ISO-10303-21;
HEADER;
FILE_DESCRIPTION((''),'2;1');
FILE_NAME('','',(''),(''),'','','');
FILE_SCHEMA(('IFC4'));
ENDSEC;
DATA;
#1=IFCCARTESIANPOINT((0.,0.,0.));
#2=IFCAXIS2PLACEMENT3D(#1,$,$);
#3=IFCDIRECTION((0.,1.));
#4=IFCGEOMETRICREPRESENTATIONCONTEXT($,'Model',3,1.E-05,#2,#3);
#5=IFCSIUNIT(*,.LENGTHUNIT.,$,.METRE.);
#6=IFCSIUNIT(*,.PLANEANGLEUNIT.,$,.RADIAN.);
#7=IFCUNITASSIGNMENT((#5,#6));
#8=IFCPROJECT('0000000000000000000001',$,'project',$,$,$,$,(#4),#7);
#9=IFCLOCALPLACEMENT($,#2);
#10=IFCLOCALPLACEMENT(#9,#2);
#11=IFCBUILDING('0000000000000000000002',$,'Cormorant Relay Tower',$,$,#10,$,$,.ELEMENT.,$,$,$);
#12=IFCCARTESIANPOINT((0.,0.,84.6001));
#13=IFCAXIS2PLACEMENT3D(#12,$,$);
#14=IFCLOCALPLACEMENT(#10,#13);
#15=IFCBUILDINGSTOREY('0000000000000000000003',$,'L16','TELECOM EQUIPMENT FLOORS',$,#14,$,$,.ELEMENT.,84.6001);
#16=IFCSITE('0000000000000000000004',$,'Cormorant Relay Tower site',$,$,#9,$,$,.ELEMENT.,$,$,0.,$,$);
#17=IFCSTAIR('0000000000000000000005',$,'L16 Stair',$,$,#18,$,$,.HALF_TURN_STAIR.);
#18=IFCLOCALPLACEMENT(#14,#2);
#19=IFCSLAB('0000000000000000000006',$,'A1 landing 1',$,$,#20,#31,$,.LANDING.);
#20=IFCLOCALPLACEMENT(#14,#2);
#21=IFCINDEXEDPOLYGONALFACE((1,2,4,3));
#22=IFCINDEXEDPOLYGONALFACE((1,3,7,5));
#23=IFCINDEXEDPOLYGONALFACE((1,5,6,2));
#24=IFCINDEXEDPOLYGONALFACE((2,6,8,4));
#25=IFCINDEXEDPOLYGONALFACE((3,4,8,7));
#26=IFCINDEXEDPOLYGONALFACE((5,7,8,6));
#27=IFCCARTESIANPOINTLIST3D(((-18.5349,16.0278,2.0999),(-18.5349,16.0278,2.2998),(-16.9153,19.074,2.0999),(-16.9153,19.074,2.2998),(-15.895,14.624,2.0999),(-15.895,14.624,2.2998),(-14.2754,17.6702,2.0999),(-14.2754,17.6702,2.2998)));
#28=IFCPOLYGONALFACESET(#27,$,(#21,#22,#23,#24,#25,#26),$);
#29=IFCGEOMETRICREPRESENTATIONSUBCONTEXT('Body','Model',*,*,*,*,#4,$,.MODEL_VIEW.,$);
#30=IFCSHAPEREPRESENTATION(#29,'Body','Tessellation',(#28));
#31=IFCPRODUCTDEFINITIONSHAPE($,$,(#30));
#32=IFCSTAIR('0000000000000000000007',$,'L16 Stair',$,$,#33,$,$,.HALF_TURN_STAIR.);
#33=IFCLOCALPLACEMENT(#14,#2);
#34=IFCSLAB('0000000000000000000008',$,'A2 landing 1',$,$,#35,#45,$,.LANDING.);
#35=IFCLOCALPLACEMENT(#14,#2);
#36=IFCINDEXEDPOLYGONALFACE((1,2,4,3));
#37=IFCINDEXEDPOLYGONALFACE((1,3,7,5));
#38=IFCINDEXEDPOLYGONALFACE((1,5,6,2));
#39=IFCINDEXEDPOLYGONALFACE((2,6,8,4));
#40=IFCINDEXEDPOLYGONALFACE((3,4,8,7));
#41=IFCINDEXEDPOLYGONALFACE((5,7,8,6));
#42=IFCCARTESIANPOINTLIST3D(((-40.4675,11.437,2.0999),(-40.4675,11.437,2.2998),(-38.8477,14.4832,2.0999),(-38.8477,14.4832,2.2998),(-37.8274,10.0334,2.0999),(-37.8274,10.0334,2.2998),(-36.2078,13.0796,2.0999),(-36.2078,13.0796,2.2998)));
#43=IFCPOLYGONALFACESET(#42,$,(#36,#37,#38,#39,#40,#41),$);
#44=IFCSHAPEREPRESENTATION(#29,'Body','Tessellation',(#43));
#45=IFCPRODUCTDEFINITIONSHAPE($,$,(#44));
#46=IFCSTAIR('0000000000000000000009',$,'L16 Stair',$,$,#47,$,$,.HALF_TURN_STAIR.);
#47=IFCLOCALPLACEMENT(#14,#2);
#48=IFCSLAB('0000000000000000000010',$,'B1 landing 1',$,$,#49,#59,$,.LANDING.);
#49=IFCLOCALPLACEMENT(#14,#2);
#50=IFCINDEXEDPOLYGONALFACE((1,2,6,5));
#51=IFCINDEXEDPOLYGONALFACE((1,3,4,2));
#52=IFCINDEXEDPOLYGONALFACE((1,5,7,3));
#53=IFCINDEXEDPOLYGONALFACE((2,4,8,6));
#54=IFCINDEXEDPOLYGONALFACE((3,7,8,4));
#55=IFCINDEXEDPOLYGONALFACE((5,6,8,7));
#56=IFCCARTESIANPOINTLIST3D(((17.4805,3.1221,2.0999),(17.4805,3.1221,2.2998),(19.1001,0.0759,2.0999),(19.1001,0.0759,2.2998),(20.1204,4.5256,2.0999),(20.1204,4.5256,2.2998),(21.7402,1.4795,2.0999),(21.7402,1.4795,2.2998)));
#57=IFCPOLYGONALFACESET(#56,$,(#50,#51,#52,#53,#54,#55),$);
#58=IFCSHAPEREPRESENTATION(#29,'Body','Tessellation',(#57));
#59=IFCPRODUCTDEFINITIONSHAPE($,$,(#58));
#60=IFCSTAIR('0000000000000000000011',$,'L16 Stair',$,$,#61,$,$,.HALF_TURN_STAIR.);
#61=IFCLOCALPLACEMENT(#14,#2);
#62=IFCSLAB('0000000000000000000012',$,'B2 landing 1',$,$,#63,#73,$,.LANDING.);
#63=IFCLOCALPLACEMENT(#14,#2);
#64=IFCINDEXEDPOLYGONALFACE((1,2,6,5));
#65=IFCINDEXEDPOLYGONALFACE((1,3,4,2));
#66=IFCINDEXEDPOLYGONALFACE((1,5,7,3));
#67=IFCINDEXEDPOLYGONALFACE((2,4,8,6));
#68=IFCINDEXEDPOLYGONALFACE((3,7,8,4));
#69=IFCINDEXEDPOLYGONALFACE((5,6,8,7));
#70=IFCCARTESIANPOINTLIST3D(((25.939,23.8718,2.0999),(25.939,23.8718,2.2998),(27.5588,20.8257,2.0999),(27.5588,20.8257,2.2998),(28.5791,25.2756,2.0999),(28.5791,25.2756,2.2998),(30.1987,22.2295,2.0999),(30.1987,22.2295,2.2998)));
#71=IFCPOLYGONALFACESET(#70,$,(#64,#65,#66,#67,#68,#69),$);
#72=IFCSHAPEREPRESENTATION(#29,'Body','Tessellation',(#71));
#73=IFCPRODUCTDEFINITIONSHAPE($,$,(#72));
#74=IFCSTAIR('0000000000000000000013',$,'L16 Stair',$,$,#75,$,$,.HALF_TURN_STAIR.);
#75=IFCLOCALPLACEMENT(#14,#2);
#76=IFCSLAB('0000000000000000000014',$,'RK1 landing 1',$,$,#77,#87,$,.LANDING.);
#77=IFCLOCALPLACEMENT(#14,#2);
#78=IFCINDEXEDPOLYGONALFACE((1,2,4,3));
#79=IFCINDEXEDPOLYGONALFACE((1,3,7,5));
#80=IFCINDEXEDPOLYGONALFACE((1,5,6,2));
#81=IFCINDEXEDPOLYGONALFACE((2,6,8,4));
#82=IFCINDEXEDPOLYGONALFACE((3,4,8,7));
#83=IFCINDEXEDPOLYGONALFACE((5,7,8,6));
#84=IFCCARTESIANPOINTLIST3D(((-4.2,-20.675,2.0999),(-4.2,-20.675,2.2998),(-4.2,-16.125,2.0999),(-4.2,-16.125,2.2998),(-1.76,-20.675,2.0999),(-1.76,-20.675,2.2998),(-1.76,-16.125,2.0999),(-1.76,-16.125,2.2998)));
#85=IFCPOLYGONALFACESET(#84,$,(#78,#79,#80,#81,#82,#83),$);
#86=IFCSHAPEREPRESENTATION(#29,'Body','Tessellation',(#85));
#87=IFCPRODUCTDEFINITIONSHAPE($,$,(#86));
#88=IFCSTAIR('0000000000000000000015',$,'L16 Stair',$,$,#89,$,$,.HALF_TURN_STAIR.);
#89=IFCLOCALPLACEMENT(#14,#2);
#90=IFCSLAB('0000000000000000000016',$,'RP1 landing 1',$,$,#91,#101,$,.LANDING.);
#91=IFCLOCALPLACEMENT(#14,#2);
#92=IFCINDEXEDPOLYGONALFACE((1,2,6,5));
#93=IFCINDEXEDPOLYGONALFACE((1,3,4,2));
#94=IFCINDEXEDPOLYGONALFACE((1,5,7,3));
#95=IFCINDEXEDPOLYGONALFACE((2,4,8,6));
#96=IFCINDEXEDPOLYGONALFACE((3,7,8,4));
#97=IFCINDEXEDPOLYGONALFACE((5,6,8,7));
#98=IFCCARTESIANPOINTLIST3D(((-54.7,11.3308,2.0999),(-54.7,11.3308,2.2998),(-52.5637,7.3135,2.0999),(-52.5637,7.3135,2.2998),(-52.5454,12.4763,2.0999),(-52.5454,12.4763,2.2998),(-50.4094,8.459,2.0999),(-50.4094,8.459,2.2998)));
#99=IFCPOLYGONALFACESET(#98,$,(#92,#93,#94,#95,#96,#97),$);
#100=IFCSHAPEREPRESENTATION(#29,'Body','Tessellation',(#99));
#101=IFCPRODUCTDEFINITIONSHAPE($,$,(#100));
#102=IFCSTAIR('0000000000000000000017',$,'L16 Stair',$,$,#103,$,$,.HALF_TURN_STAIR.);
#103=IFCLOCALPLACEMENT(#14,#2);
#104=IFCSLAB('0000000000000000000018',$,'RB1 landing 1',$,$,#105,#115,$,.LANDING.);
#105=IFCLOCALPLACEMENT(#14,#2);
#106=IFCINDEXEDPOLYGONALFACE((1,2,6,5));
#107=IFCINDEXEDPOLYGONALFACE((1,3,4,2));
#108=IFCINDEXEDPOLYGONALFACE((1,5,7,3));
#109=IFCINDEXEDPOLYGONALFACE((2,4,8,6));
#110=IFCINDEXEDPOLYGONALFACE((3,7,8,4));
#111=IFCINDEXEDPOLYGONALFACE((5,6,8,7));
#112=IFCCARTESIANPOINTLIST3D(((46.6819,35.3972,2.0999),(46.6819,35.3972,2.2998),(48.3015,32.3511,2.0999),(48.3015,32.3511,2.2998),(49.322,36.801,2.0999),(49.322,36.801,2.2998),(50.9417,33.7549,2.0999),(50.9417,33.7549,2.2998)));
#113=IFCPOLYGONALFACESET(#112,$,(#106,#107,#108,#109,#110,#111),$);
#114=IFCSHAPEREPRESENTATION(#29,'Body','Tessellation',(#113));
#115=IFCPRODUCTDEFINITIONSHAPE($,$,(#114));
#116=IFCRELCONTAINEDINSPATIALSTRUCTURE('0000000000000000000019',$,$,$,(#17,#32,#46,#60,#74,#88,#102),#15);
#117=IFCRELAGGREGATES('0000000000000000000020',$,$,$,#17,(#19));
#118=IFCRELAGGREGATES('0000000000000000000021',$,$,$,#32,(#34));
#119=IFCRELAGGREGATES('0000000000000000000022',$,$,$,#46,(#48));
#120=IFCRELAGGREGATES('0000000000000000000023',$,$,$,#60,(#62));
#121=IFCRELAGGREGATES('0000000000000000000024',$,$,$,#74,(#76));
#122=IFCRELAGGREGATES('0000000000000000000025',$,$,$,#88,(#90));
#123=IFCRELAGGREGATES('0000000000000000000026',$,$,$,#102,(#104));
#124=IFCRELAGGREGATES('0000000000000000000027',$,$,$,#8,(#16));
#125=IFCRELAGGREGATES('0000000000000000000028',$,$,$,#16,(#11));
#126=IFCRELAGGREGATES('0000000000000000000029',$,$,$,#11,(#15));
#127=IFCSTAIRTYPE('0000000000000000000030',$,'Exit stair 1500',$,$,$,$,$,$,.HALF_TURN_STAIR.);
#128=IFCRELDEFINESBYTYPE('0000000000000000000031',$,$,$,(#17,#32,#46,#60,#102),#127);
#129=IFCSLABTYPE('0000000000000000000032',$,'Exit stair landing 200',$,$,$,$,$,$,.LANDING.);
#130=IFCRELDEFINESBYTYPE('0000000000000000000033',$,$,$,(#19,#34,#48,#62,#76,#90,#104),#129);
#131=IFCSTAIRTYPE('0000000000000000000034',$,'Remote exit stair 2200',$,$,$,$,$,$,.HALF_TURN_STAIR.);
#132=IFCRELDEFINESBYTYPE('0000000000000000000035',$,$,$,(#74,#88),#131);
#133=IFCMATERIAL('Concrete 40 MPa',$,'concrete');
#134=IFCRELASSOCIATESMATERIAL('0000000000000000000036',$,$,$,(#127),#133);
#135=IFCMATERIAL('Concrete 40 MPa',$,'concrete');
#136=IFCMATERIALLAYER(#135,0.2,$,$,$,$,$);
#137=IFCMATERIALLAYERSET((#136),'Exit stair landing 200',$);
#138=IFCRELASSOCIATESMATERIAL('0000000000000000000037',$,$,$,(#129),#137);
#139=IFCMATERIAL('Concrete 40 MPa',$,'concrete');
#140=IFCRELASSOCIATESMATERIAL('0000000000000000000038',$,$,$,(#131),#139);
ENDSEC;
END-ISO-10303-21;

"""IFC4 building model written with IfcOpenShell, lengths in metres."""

from ifc_helpers import new_model, si_unit, direction, frame, origin, place, context, subcontext, project, spatial, polyline, outline, extrude, material, layer, layer_set, type_object, element, aggregate, save


model = new_model("IFC4")

# Units and contexts
model_context = context("Model", 3, precision=1e-05, world=origin(), true_north=direction((0.0, 1.0)))
body_context = subcontext(model_context, "Body", "Model", "MODEL_VIEW")
ifc_project = project(units=[si_unit("LENGTHUNIT", "METRE"), si_unit("PLANEANGLEUNIT", "RADIAN")], contexts=[model_context])

# Site, building, storey
site_placement = place(None, origin())
site = spatial("IfcSite", under=ifc_project, at=site_placement, Name="Cormorant Relay Tower site", CompositionType="ELEMENT", RefElevation=0.0)
building_placement = place(site_placement, origin())
building = spatial("IfcBuilding", under=site, at=building_placement, Name="Cormorant Relay Tower", CompositionType="ELEMENT")
storey_placement = place(building_placement, frame((0.0, 0.0, 84.6001)))
storey = spatial("IfcBuildingStorey", under=building, at=storey_placement, Name="L16", Description="TELECOM EQUIPMENT FLOORS", CompositionType="ELEMENT", Elevation=84.6001)

# Stairs, slabs
ifc_material_1 = material(Name="Concrete 40 MPa", Category="concrete")
stair_type_1 = type_object("IfcStairType", Name="Exit stair 1500", PredefinedType="HALF_TURN_STAIR", material=ifc_material_1)
stair_1_placement = place(storey_placement, origin())
stair_1 = element("IfcStair", 1, at=stair_1_placement, inside=storey, type_object=stair_type_1, Name="L16 Stair", PredefinedType="HALF_TURN_STAIR")
ifc_material_2 = material(Name="Concrete 40 MPa", Category="concrete")
ifc_layer_1 = layer(ifc_material_2, 0.2)
ifc_layer_set_1 = layer_set([ifc_layer_1], Name="Exit stair landing 200")
slab_type_1 = type_object("IfcSlabType", Name="Exit stair landing 200", PredefinedType="LANDING", material=ifc_layer_set_1)
slab_1_placement = place(storey_placement, frame((0.0, 0.0, 2.0999)))
slab_1 = element("IfcSlab", 2, at=slab_1_placement, type_object=slab_type_1, Name="A1 landing 1", PredefinedType="LANDING", context=body_context, shape_type="SweptSolid", body=[
    extrude(outline(polyline([(-18.5349, 16.0278), (-15.895, 14.624), (-14.2754, 17.6702), (-16.9153, 19.074), (-18.5349, 16.0278)])), origin(), (0.0, 0.0, 1.0), 0.2),
])
aggregate(stair_1, [slab_1])
stair_2_placement = place(storey_placement, origin())
stair_2 = element("IfcStair", 3, at=stair_2_placement, inside=storey, type_object=stair_type_1, Name="L16 Stair", PredefinedType="HALF_TURN_STAIR")
slab_2_placement = place(storey_placement, frame((0.0, 0.0, 2.0999)))
slab_2 = element("IfcSlab", 4, at=slab_2_placement, type_object=slab_type_1, Name="A2 landing 1", PredefinedType="LANDING", context=body_context, shape_type="SweptSolid", body=[
    extrude(outline(polyline([(-36.2078, 13.0796), (-38.8477, 14.4832), (-40.4675, 11.437), (-37.8274, 10.0334), (-36.2078, 13.0796)])), origin(), (0.0, 0.0, 1.0), 0.2),
])
aggregate(stair_2, [slab_2])
stair_3_placement = place(storey_placement, origin())
stair_3 = element("IfcStair", 5, at=stair_3_placement, inside=storey, type_object=stair_type_1, Name="L16 Stair", PredefinedType="HALF_TURN_STAIR")
slab_3_placement = place(storey_placement, frame((0.0, 0.0, 2.0999)))
slab_3 = element("IfcSlab", 6, at=slab_3_placement, type_object=slab_type_1, Name="B1 landing 1", PredefinedType="LANDING", context=body_context, shape_type="SweptSolid", body=[
    extrude(outline(polyline([(20.1204, 4.5256), (17.4805, 3.1221), (19.1001, 0.0759), (21.7402, 1.4795), (20.1204, 4.5256)])), origin(), (0.0, 0.0, 1.0), 0.2),
])
aggregate(stair_3, [slab_3])
stair_4_placement = place(storey_placement, origin())
stair_4 = element("IfcStair", 7, at=stair_4_placement, inside=storey, type_object=stair_type_1, Name="L16 Stair", PredefinedType="HALF_TURN_STAIR")
slab_4_placement = place(storey_placement, frame((0.0, 0.0, 2.0999)))
slab_4 = element("IfcSlab", 8, at=slab_4_placement, type_object=slab_type_1, Name="B2 landing 1", PredefinedType="LANDING", context=body_context, shape_type="SweptSolid", body=[
    extrude(outline(polyline([(27.5588, 20.8257), (30.1987, 22.2295), (28.5791, 25.2756), (25.939, 23.8718), (27.5588, 20.8257)])), origin(), (0.0, 0.0, 1.0), 0.2),
])
aggregate(stair_4, [slab_4])
ifc_material_3 = material(Name="Concrete 40 MPa", Category="concrete")
stair_type_2 = type_object("IfcStairType", Name="Remote exit stair 2200", PredefinedType="HALF_TURN_STAIR", material=ifc_material_3)
stair_5_placement = place(storey_placement, origin())
stair_5 = element("IfcStair", 9, at=stair_5_placement, inside=storey, type_object=stair_type_2, Name="L16 Stair", PredefinedType="HALF_TURN_STAIR")
slab_5_placement = place(storey_placement, frame((0.0, 0.0, 2.0999)))
slab_5 = element("IfcSlab", 10, at=slab_5_placement, type_object=slab_type_1, Name="RK1 landing 1", PredefinedType="LANDING", context=body_context, shape_type="SweptSolid", body=[
    extrude(outline(polyline([(-1.76, -16.125), (-4.2, -16.125), (-4.2, -20.675), (-1.76, -20.675), (-1.76, -16.125)])), origin(), (0.0, 0.0, 1.0), 0.2),
])
aggregate(stair_5, [slab_5])
stair_6_placement = place(storey_placement, origin())
stair_6 = element("IfcStair", 11, at=stair_6_placement, inside=storey, type_object=stair_type_2, Name="L16 Stair", PredefinedType="HALF_TURN_STAIR")
slab_6_placement = place(storey_placement, frame((0.0, 0.0, 2.0999)))
slab_6 = element("IfcSlab", 12, at=slab_6_placement, type_object=slab_type_1, Name="RP1 landing 1", PredefinedType="LANDING", context=body_context, shape_type="SweptSolid", body=[
    extrude(outline(polyline([(-52.5454, 12.4763), (-54.7, 11.3308), (-52.5637, 7.3135), (-50.4094, 8.459), (-52.5454, 12.4763)])), origin(), (0.0, 0.0, 1.0), 0.2),
])
aggregate(stair_6, [slab_6])
stair_7_placement = place(storey_placement, origin())
stair_7 = element("IfcStair", 13, at=stair_7_placement, inside=storey, type_object=stair_type_1, Name="L16 Stair", PredefinedType="HALF_TURN_STAIR")
slab_7_placement = place(storey_placement, frame((0.0, 0.0, 2.0999)))
slab_7 = element("IfcSlab", 14, at=slab_7_placement, type_object=slab_type_1, Name="RB1 landing 1", PredefinedType="LANDING", context=body_context, shape_type="SweptSolid", body=[
    extrude(outline(polyline([(48.3015, 32.3511), (50.9417, 33.7549), (49.322, 36.801), (46.6819, 35.3972), (48.3015, 32.3511)])), origin(), (0.0, 0.0, 1.0), 0.2),
])
aggregate(stair_7, [slab_7])

save(model, "model.ifc")
